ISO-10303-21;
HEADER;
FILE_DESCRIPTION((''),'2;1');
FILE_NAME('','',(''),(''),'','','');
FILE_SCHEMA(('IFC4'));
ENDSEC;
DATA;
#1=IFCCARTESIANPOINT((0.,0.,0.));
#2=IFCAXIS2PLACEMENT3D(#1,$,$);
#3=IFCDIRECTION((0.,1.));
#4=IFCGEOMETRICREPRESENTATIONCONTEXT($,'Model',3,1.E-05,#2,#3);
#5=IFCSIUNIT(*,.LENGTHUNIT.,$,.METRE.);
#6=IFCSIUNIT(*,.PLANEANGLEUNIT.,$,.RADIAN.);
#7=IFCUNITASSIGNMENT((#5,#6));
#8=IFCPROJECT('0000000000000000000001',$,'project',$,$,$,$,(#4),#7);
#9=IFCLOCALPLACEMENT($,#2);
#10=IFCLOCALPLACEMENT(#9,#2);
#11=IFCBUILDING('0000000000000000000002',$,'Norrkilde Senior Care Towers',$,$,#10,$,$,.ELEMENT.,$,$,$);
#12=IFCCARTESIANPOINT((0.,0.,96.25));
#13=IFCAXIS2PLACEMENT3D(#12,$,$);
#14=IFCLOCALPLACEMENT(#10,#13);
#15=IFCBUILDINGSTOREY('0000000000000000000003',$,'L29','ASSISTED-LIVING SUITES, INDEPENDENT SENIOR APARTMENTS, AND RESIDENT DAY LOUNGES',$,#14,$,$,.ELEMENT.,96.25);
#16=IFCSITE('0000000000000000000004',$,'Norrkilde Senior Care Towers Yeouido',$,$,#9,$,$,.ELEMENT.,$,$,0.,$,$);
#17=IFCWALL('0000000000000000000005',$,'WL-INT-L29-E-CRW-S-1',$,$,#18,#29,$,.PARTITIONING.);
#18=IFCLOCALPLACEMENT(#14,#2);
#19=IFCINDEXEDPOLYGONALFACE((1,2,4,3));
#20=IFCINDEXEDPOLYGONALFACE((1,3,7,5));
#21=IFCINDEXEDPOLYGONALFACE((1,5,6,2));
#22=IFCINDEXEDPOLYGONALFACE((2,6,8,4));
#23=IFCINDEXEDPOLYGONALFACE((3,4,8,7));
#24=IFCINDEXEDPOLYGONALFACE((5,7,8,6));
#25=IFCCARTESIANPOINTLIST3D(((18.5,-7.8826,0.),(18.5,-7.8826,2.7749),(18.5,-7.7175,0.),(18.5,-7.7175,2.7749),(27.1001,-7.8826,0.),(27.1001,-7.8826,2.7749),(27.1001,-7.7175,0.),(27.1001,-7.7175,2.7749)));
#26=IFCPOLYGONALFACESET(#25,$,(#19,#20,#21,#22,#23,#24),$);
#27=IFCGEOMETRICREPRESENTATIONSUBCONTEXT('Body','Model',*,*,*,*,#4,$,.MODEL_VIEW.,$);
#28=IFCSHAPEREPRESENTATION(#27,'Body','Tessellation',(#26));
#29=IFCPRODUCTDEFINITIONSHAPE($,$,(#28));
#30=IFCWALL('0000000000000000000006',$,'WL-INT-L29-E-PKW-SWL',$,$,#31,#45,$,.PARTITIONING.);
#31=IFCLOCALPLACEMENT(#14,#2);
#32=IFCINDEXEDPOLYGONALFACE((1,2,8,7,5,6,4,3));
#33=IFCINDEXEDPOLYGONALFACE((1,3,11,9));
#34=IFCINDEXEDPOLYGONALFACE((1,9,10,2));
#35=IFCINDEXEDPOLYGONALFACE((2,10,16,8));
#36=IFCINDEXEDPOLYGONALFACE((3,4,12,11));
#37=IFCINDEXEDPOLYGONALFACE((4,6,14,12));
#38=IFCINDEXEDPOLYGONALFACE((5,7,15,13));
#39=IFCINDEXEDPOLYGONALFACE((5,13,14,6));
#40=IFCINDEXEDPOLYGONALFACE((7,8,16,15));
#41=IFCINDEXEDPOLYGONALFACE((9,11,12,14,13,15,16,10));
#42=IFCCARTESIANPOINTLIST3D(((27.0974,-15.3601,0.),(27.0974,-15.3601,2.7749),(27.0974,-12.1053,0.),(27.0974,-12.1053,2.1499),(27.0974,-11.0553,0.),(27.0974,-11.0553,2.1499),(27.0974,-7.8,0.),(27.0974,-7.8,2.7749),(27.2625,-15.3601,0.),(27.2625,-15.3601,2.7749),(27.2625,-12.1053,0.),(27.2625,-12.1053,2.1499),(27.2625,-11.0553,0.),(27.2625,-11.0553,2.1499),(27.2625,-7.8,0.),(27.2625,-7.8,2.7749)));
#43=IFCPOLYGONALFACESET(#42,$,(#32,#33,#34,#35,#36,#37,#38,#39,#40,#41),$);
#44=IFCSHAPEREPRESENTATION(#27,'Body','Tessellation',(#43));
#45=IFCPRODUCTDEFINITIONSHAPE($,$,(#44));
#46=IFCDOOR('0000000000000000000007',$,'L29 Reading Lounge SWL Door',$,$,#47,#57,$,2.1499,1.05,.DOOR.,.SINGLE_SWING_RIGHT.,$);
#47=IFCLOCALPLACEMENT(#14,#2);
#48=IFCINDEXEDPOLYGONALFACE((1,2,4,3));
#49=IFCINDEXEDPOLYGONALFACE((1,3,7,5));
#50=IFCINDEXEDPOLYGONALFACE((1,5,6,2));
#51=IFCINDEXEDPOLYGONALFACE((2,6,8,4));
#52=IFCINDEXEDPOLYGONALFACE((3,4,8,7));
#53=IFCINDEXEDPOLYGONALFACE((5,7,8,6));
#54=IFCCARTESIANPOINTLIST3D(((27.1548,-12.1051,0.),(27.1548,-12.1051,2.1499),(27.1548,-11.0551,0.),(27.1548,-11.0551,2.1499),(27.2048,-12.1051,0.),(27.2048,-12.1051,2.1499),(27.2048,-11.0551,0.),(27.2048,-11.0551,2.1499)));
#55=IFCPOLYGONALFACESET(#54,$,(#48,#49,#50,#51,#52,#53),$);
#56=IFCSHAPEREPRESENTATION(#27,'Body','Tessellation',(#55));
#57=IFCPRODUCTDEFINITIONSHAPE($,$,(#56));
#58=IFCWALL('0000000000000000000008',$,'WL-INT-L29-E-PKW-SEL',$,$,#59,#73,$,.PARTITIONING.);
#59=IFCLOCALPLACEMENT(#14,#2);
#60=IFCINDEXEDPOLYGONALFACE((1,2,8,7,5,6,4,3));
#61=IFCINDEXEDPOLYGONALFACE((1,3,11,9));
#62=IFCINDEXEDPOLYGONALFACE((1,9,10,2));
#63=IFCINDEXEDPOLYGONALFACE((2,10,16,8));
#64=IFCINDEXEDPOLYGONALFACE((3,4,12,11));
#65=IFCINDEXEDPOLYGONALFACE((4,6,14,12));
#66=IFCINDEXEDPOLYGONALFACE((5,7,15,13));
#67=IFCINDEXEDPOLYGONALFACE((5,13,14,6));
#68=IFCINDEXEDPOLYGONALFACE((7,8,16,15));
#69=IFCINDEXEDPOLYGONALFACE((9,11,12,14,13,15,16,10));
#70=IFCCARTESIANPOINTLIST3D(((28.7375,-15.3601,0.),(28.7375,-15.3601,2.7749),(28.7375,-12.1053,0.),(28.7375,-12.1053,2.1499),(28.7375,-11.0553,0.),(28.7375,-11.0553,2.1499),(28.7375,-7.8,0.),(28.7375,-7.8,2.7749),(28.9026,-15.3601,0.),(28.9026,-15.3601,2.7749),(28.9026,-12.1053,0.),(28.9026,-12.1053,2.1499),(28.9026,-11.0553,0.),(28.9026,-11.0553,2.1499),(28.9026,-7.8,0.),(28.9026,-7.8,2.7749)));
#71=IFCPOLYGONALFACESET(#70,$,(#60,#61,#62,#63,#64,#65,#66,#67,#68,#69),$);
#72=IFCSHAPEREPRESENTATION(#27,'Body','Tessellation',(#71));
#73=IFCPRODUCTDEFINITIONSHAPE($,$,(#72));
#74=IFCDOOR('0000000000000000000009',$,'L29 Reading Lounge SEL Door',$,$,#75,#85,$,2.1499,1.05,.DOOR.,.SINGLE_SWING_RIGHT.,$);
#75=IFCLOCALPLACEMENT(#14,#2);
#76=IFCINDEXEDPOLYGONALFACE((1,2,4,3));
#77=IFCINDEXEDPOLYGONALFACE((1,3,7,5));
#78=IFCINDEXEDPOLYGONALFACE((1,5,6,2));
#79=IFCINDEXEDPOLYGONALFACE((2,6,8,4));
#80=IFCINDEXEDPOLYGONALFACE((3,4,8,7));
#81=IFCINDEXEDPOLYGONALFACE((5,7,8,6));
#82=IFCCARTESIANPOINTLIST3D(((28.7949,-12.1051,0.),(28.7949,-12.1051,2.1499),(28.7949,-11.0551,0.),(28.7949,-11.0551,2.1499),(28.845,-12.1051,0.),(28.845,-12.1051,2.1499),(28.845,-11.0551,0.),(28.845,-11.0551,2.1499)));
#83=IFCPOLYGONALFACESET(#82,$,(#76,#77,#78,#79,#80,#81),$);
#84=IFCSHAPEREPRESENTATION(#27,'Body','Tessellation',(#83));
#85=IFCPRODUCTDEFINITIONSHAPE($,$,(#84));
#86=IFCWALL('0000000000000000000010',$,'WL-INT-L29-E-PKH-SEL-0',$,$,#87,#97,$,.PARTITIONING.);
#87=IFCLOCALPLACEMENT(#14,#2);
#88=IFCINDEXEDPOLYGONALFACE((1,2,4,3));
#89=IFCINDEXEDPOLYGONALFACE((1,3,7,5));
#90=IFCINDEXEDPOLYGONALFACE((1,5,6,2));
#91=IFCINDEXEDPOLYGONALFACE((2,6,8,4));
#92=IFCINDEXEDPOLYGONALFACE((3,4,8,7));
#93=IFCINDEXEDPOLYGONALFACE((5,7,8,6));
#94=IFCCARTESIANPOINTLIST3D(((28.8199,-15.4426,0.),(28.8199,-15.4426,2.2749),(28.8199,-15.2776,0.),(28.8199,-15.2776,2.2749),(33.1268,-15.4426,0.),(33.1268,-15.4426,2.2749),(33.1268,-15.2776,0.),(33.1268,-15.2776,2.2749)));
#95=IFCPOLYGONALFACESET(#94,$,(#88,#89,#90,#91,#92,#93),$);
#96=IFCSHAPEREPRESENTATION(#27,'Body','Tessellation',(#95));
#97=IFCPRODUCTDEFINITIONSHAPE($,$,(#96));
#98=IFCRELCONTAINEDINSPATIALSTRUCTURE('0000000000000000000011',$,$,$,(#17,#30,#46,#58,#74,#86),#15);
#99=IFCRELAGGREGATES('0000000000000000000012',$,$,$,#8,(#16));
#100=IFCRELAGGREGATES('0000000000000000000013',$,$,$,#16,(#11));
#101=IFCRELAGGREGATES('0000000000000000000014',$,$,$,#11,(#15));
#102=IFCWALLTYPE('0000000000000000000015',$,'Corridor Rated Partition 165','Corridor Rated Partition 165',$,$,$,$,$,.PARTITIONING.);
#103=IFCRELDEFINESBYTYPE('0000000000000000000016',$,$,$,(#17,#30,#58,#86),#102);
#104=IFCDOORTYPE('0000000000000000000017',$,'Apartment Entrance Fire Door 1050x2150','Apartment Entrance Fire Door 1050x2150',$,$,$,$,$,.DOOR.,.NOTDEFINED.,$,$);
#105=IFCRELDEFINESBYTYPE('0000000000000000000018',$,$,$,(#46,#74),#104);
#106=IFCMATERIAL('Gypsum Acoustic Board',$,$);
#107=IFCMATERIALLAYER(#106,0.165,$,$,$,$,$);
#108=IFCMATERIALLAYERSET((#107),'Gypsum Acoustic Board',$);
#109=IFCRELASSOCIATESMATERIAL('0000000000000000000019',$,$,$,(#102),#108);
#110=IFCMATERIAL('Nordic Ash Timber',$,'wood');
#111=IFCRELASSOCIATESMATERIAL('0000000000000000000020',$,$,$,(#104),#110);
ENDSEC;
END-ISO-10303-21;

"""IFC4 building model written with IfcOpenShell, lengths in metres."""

from ifc_helpers import new_model, si_unit, direction, frame, frame_2d, origin, place, context, subcontext, project, spatial, rectangle, extrude, source, transform, mapped, material, layer, layer_set, type_object, type_shapes, element, fill, save


model = new_model("IFC4")

# Units and contexts
model_context = context("Model", 3, precision=1e-05, world=origin(), true_north=direction((0.0, 1.0)))
body_context = subcontext(model_context, "Body", "Model", "MODEL_VIEW")
ifc_project = project(units=[si_unit("LENGTHUNIT", "METRE"), si_unit("PLANEANGLEUNIT", "RADIAN")], contexts=[model_context])

# Site, building, storey
site_placement = place(None, origin())
site = spatial("IfcSite", under=ifc_project, at=site_placement, Name="Norrkilde Senior Care Towers Yeouido", CompositionType="ELEMENT", RefElevation=0.0)
building_placement = place(site_placement, origin())
building = spatial("IfcBuilding", under=site, at=building_placement, Name="Norrkilde Senior Care Towers", CompositionType="ELEMENT")
storey_placement = place(building_placement, frame((0.0, 0.0, 96.25)))
storey = spatial("IfcBuildingStorey", under=building, at=storey_placement, Name="L29", Description="ASSISTED-LIVING SUITES, INDEPENDENT SENIOR APARTMENTS, AND RESIDENT DAY LOUNGES", CompositionType="ELEMENT", Elevation=96.25)

# Shared definitions
ifc_material_1 = material(Name="Gypsum Acoustic Board")

# Wall
ifc_layer_1 = layer(ifc_material_1, 0.165)
ifc_layer_set_1 = layer_set([ifc_layer_1], Name="Gypsum Acoustic Board")
wall_type_1 = type_object("IfcWallType", Name="Corridor Rated Partition 165", Description="Corridor Rated Partition 165", PredefinedType="PARTITIONING", material=ifc_layer_set_1)
shared_shape_1 = source(origin(), body_context, "Body", "SweptSolid", [
    extrude(rectangle(XDim=8.6001, YDim=0.165, at=frame_2d((4.3, 0.0))), origin(), (0.0, 0.0, 1.0), 2.7749),
])
wall_1_placement = place(storey_placement, frame((27.1001, -7.8, 0.0), z_axis=(0.0, 0.0, 1.0), x_axis=(-1.0, 0.0, 0.0)))
element("IfcWall", 1, at=wall_1_placement, inside=storey, type_object=wall_type_1, Name="WL-INT-L29-E-CRW-S-1", PredefinedType="PARTITIONING", context=body_context, shape_type="MappedRepresentation", body=[
    mapped(shared_shape_1, transform((0.0, 0.0, 0.0), x_axis=(1.0, 0.0, 0.0), y_axis=(0.0, 1.0, 0.0), z_axis=(0.0, 0.0, 1.0), scale=1.0)),
])

# Walls, openings, doors
shared_shape_2 = source(origin(), body_context, "Body", "SweptSolid", [
    extrude(rectangle(XDim=7.5601, YDim=0.165, at=frame_2d((3.78, 0.0))), origin(), (0.0, 0.0, 1.0), 2.7749),
])
wall_2_placement = place(storey_placement, frame((27.1799, -15.3601, 0.0), z_axis=(0.0, 0.0, 1.0), x_axis=(0.0, 1.0, 0.0)))
wall_2 = element("IfcWall", 2, at=wall_2_placement, inside=storey, type_object=wall_type_1, Name="WL-INT-L29-E-PKW-SWL", PredefinedType="PARTITIONING", context=body_context, shape_type="MappedRepresentation", body=[
    mapped(shared_shape_2, transform((0.0, 0.0, 0.0), x_axis=(1.0, 0.0, 0.0), y_axis=(0.0, 1.0, 0.0), z_axis=(0.0, 0.0, 1.0), scale=1.0)),
])
opening_1_placement = place(wall_2_placement, frame((3.2549, 0.0, 0.0)))
opening_1 = element("IfcOpeningElement", 3, at=opening_1_placement, cuts=wall_2, PredefinedType="OPENING", context=body_context, shape_type="SweptSolid", body=[
    extrude(rectangle(XDim=1.05, YDim=2.1499, at=frame_2d((0.5249, 1.075))), frame((0.0, 0.0925, 0.0), z_axis=(0.0, -1.0, 0.0), x_axis=(1.0, 0.0, 0.0)), (0.0, 0.0, 1.0), 0.1851),
])
ifc_material_2 = material(Name="Nordic Ash Timber", Category="wood")
door_type_1 = type_object("IfcDoorType", Name="Apartment Entrance Fire Door 1050x2150", Description="Apartment Entrance Fire Door 1050x2150", OperationType="NOTDEFINED", PredefinedType="DOOR", material=ifc_material_2)
shared_shape_3 = source(origin(), body_context, "Body", "SweptSolid", [
    extrude(rectangle(XDim=1.05, YDim=2.1499, at=frame_2d((0.5249, 1.075))), frame((0.0, 0.0249, 0.0), z_axis=(0.0, -1.0, 0.0), x_axis=(1.0, 0.0, 0.0)), (0.0, 0.0, 1.0), 0.05),
])
type_shapes(door_type_1, [shared_shape_3])
door_1_placement = place(opening_1_placement, frame((1.05, 0.0, 0.0), z_axis=(0.0, 0.0, 1.0), x_axis=(-1.0, 0.0, 0.0)))
door_1 = element("IfcDoor", 4, at=door_1_placement, inside=storey, type_object=door_type_1, Name="L29 Reading Lounge SWL Door", OperationType="SINGLE_SWING_RIGHT", OverallHeight=2.1499, OverallWidth=1.05, PredefinedType="DOOR", context=body_context, shape_type="MappedRepresentation", body=[
    mapped(shared_shape_3, transform((0.0, 0.0, 0.0), x_axis=(1.0, 0.0, 0.0), y_axis=(0.0, 1.0, 0.0), z_axis=(0.0, 0.0, 1.0), scale=1.0)),
])
fill(opening_1, door_1)
wall_3_placement = place(storey_placement, frame((28.8201, -15.3601, 0.0), z_axis=(0.0, 0.0, 1.0), x_axis=(0.0, 1.0, 0.0)))
wall_3 = element("IfcWall", 5, at=wall_3_placement, inside=storey, type_object=wall_type_1, Name="WL-INT-L29-E-PKW-SEL", PredefinedType="PARTITIONING", context=body_context, shape_type="MappedRepresentation", body=[
    mapped(shared_shape_2, transform((0.0, 0.0, 0.0), x_axis=(1.0, 0.0, 0.0), y_axis=(0.0, 1.0, 0.0), z_axis=(0.0, 0.0, 1.0), scale=1.0)),
])
opening_2_placement = place(wall_3_placement, frame((3.2549, 0.0, 0.0)))
opening_2 = element("IfcOpeningElement", 6, at=opening_2_placement, cuts=wall_3, PredefinedType="OPENING", context=body_context, shape_type="SweptSolid", body=[
    extrude(rectangle(XDim=1.05, YDim=2.1499, at=frame_2d((0.5249, 1.075))), frame((0.0, 0.0925, 0.0), z_axis=(0.0, -1.0, 0.0), x_axis=(1.0, 0.0, 0.0)), (0.0, 0.0, 1.0), 0.1851),
])
door_2_placement = place(opening_2_placement, frame((1.05, 0.0, 0.0), z_axis=(0.0, 0.0, 1.0), x_axis=(-1.0, 0.0, 0.0)))
door_2 = element("IfcDoor", 7, at=door_2_placement, inside=storey, type_object=door_type_1, Name="L29 Reading Lounge SEL Door", OperationType="SINGLE_SWING_RIGHT", OverallHeight=2.1499, OverallWidth=1.05, PredefinedType="DOOR", context=body_context, shape_type="MappedRepresentation", body=[
    mapped(shared_shape_3, transform((0.0, 0.0, 0.0), x_axis=(1.0, 0.0, 0.0), y_axis=(0.0, 1.0, 0.0), z_axis=(0.0, 0.0, 1.0), scale=1.0)),
])
fill(opening_2, door_2)

# Wall
shared_shape_4 = source(origin(), body_context, "Body", "SweptSolid", [
    extrude(rectangle(XDim=4.3069, YDim=0.165, at=frame_2d((2.1533, 0.0))), origin(), (0.0, 0.0, 1.0), 2.2749),
])
type_shapes(wall_type_1, [shared_shape_1, shared_shape_2, shared_shape_4])
wall_4_placement = place(storey_placement, frame((28.8201, -15.3601, 0.0), z_axis=(0.0, 0.0, 1.0), x_axis=(1.0, 0.0, 0.0)))
element("IfcWall", 8, at=wall_4_placement, inside=storey, type_object=wall_type_1, Name="WL-INT-L29-E-PKH-SEL-0", PredefinedType="PARTITIONING", context=body_context, shape_type="MappedRepresentation", body=[
    mapped(shared_shape_4, transform((0.0, 0.0, 0.0), x_axis=(1.0, 0.0, 0.0), y_axis=(0.0, 1.0, 0.0), z_axis=(0.0, 0.0, 1.0), scale=1.0)),
])

save(model, "model.ifc")
